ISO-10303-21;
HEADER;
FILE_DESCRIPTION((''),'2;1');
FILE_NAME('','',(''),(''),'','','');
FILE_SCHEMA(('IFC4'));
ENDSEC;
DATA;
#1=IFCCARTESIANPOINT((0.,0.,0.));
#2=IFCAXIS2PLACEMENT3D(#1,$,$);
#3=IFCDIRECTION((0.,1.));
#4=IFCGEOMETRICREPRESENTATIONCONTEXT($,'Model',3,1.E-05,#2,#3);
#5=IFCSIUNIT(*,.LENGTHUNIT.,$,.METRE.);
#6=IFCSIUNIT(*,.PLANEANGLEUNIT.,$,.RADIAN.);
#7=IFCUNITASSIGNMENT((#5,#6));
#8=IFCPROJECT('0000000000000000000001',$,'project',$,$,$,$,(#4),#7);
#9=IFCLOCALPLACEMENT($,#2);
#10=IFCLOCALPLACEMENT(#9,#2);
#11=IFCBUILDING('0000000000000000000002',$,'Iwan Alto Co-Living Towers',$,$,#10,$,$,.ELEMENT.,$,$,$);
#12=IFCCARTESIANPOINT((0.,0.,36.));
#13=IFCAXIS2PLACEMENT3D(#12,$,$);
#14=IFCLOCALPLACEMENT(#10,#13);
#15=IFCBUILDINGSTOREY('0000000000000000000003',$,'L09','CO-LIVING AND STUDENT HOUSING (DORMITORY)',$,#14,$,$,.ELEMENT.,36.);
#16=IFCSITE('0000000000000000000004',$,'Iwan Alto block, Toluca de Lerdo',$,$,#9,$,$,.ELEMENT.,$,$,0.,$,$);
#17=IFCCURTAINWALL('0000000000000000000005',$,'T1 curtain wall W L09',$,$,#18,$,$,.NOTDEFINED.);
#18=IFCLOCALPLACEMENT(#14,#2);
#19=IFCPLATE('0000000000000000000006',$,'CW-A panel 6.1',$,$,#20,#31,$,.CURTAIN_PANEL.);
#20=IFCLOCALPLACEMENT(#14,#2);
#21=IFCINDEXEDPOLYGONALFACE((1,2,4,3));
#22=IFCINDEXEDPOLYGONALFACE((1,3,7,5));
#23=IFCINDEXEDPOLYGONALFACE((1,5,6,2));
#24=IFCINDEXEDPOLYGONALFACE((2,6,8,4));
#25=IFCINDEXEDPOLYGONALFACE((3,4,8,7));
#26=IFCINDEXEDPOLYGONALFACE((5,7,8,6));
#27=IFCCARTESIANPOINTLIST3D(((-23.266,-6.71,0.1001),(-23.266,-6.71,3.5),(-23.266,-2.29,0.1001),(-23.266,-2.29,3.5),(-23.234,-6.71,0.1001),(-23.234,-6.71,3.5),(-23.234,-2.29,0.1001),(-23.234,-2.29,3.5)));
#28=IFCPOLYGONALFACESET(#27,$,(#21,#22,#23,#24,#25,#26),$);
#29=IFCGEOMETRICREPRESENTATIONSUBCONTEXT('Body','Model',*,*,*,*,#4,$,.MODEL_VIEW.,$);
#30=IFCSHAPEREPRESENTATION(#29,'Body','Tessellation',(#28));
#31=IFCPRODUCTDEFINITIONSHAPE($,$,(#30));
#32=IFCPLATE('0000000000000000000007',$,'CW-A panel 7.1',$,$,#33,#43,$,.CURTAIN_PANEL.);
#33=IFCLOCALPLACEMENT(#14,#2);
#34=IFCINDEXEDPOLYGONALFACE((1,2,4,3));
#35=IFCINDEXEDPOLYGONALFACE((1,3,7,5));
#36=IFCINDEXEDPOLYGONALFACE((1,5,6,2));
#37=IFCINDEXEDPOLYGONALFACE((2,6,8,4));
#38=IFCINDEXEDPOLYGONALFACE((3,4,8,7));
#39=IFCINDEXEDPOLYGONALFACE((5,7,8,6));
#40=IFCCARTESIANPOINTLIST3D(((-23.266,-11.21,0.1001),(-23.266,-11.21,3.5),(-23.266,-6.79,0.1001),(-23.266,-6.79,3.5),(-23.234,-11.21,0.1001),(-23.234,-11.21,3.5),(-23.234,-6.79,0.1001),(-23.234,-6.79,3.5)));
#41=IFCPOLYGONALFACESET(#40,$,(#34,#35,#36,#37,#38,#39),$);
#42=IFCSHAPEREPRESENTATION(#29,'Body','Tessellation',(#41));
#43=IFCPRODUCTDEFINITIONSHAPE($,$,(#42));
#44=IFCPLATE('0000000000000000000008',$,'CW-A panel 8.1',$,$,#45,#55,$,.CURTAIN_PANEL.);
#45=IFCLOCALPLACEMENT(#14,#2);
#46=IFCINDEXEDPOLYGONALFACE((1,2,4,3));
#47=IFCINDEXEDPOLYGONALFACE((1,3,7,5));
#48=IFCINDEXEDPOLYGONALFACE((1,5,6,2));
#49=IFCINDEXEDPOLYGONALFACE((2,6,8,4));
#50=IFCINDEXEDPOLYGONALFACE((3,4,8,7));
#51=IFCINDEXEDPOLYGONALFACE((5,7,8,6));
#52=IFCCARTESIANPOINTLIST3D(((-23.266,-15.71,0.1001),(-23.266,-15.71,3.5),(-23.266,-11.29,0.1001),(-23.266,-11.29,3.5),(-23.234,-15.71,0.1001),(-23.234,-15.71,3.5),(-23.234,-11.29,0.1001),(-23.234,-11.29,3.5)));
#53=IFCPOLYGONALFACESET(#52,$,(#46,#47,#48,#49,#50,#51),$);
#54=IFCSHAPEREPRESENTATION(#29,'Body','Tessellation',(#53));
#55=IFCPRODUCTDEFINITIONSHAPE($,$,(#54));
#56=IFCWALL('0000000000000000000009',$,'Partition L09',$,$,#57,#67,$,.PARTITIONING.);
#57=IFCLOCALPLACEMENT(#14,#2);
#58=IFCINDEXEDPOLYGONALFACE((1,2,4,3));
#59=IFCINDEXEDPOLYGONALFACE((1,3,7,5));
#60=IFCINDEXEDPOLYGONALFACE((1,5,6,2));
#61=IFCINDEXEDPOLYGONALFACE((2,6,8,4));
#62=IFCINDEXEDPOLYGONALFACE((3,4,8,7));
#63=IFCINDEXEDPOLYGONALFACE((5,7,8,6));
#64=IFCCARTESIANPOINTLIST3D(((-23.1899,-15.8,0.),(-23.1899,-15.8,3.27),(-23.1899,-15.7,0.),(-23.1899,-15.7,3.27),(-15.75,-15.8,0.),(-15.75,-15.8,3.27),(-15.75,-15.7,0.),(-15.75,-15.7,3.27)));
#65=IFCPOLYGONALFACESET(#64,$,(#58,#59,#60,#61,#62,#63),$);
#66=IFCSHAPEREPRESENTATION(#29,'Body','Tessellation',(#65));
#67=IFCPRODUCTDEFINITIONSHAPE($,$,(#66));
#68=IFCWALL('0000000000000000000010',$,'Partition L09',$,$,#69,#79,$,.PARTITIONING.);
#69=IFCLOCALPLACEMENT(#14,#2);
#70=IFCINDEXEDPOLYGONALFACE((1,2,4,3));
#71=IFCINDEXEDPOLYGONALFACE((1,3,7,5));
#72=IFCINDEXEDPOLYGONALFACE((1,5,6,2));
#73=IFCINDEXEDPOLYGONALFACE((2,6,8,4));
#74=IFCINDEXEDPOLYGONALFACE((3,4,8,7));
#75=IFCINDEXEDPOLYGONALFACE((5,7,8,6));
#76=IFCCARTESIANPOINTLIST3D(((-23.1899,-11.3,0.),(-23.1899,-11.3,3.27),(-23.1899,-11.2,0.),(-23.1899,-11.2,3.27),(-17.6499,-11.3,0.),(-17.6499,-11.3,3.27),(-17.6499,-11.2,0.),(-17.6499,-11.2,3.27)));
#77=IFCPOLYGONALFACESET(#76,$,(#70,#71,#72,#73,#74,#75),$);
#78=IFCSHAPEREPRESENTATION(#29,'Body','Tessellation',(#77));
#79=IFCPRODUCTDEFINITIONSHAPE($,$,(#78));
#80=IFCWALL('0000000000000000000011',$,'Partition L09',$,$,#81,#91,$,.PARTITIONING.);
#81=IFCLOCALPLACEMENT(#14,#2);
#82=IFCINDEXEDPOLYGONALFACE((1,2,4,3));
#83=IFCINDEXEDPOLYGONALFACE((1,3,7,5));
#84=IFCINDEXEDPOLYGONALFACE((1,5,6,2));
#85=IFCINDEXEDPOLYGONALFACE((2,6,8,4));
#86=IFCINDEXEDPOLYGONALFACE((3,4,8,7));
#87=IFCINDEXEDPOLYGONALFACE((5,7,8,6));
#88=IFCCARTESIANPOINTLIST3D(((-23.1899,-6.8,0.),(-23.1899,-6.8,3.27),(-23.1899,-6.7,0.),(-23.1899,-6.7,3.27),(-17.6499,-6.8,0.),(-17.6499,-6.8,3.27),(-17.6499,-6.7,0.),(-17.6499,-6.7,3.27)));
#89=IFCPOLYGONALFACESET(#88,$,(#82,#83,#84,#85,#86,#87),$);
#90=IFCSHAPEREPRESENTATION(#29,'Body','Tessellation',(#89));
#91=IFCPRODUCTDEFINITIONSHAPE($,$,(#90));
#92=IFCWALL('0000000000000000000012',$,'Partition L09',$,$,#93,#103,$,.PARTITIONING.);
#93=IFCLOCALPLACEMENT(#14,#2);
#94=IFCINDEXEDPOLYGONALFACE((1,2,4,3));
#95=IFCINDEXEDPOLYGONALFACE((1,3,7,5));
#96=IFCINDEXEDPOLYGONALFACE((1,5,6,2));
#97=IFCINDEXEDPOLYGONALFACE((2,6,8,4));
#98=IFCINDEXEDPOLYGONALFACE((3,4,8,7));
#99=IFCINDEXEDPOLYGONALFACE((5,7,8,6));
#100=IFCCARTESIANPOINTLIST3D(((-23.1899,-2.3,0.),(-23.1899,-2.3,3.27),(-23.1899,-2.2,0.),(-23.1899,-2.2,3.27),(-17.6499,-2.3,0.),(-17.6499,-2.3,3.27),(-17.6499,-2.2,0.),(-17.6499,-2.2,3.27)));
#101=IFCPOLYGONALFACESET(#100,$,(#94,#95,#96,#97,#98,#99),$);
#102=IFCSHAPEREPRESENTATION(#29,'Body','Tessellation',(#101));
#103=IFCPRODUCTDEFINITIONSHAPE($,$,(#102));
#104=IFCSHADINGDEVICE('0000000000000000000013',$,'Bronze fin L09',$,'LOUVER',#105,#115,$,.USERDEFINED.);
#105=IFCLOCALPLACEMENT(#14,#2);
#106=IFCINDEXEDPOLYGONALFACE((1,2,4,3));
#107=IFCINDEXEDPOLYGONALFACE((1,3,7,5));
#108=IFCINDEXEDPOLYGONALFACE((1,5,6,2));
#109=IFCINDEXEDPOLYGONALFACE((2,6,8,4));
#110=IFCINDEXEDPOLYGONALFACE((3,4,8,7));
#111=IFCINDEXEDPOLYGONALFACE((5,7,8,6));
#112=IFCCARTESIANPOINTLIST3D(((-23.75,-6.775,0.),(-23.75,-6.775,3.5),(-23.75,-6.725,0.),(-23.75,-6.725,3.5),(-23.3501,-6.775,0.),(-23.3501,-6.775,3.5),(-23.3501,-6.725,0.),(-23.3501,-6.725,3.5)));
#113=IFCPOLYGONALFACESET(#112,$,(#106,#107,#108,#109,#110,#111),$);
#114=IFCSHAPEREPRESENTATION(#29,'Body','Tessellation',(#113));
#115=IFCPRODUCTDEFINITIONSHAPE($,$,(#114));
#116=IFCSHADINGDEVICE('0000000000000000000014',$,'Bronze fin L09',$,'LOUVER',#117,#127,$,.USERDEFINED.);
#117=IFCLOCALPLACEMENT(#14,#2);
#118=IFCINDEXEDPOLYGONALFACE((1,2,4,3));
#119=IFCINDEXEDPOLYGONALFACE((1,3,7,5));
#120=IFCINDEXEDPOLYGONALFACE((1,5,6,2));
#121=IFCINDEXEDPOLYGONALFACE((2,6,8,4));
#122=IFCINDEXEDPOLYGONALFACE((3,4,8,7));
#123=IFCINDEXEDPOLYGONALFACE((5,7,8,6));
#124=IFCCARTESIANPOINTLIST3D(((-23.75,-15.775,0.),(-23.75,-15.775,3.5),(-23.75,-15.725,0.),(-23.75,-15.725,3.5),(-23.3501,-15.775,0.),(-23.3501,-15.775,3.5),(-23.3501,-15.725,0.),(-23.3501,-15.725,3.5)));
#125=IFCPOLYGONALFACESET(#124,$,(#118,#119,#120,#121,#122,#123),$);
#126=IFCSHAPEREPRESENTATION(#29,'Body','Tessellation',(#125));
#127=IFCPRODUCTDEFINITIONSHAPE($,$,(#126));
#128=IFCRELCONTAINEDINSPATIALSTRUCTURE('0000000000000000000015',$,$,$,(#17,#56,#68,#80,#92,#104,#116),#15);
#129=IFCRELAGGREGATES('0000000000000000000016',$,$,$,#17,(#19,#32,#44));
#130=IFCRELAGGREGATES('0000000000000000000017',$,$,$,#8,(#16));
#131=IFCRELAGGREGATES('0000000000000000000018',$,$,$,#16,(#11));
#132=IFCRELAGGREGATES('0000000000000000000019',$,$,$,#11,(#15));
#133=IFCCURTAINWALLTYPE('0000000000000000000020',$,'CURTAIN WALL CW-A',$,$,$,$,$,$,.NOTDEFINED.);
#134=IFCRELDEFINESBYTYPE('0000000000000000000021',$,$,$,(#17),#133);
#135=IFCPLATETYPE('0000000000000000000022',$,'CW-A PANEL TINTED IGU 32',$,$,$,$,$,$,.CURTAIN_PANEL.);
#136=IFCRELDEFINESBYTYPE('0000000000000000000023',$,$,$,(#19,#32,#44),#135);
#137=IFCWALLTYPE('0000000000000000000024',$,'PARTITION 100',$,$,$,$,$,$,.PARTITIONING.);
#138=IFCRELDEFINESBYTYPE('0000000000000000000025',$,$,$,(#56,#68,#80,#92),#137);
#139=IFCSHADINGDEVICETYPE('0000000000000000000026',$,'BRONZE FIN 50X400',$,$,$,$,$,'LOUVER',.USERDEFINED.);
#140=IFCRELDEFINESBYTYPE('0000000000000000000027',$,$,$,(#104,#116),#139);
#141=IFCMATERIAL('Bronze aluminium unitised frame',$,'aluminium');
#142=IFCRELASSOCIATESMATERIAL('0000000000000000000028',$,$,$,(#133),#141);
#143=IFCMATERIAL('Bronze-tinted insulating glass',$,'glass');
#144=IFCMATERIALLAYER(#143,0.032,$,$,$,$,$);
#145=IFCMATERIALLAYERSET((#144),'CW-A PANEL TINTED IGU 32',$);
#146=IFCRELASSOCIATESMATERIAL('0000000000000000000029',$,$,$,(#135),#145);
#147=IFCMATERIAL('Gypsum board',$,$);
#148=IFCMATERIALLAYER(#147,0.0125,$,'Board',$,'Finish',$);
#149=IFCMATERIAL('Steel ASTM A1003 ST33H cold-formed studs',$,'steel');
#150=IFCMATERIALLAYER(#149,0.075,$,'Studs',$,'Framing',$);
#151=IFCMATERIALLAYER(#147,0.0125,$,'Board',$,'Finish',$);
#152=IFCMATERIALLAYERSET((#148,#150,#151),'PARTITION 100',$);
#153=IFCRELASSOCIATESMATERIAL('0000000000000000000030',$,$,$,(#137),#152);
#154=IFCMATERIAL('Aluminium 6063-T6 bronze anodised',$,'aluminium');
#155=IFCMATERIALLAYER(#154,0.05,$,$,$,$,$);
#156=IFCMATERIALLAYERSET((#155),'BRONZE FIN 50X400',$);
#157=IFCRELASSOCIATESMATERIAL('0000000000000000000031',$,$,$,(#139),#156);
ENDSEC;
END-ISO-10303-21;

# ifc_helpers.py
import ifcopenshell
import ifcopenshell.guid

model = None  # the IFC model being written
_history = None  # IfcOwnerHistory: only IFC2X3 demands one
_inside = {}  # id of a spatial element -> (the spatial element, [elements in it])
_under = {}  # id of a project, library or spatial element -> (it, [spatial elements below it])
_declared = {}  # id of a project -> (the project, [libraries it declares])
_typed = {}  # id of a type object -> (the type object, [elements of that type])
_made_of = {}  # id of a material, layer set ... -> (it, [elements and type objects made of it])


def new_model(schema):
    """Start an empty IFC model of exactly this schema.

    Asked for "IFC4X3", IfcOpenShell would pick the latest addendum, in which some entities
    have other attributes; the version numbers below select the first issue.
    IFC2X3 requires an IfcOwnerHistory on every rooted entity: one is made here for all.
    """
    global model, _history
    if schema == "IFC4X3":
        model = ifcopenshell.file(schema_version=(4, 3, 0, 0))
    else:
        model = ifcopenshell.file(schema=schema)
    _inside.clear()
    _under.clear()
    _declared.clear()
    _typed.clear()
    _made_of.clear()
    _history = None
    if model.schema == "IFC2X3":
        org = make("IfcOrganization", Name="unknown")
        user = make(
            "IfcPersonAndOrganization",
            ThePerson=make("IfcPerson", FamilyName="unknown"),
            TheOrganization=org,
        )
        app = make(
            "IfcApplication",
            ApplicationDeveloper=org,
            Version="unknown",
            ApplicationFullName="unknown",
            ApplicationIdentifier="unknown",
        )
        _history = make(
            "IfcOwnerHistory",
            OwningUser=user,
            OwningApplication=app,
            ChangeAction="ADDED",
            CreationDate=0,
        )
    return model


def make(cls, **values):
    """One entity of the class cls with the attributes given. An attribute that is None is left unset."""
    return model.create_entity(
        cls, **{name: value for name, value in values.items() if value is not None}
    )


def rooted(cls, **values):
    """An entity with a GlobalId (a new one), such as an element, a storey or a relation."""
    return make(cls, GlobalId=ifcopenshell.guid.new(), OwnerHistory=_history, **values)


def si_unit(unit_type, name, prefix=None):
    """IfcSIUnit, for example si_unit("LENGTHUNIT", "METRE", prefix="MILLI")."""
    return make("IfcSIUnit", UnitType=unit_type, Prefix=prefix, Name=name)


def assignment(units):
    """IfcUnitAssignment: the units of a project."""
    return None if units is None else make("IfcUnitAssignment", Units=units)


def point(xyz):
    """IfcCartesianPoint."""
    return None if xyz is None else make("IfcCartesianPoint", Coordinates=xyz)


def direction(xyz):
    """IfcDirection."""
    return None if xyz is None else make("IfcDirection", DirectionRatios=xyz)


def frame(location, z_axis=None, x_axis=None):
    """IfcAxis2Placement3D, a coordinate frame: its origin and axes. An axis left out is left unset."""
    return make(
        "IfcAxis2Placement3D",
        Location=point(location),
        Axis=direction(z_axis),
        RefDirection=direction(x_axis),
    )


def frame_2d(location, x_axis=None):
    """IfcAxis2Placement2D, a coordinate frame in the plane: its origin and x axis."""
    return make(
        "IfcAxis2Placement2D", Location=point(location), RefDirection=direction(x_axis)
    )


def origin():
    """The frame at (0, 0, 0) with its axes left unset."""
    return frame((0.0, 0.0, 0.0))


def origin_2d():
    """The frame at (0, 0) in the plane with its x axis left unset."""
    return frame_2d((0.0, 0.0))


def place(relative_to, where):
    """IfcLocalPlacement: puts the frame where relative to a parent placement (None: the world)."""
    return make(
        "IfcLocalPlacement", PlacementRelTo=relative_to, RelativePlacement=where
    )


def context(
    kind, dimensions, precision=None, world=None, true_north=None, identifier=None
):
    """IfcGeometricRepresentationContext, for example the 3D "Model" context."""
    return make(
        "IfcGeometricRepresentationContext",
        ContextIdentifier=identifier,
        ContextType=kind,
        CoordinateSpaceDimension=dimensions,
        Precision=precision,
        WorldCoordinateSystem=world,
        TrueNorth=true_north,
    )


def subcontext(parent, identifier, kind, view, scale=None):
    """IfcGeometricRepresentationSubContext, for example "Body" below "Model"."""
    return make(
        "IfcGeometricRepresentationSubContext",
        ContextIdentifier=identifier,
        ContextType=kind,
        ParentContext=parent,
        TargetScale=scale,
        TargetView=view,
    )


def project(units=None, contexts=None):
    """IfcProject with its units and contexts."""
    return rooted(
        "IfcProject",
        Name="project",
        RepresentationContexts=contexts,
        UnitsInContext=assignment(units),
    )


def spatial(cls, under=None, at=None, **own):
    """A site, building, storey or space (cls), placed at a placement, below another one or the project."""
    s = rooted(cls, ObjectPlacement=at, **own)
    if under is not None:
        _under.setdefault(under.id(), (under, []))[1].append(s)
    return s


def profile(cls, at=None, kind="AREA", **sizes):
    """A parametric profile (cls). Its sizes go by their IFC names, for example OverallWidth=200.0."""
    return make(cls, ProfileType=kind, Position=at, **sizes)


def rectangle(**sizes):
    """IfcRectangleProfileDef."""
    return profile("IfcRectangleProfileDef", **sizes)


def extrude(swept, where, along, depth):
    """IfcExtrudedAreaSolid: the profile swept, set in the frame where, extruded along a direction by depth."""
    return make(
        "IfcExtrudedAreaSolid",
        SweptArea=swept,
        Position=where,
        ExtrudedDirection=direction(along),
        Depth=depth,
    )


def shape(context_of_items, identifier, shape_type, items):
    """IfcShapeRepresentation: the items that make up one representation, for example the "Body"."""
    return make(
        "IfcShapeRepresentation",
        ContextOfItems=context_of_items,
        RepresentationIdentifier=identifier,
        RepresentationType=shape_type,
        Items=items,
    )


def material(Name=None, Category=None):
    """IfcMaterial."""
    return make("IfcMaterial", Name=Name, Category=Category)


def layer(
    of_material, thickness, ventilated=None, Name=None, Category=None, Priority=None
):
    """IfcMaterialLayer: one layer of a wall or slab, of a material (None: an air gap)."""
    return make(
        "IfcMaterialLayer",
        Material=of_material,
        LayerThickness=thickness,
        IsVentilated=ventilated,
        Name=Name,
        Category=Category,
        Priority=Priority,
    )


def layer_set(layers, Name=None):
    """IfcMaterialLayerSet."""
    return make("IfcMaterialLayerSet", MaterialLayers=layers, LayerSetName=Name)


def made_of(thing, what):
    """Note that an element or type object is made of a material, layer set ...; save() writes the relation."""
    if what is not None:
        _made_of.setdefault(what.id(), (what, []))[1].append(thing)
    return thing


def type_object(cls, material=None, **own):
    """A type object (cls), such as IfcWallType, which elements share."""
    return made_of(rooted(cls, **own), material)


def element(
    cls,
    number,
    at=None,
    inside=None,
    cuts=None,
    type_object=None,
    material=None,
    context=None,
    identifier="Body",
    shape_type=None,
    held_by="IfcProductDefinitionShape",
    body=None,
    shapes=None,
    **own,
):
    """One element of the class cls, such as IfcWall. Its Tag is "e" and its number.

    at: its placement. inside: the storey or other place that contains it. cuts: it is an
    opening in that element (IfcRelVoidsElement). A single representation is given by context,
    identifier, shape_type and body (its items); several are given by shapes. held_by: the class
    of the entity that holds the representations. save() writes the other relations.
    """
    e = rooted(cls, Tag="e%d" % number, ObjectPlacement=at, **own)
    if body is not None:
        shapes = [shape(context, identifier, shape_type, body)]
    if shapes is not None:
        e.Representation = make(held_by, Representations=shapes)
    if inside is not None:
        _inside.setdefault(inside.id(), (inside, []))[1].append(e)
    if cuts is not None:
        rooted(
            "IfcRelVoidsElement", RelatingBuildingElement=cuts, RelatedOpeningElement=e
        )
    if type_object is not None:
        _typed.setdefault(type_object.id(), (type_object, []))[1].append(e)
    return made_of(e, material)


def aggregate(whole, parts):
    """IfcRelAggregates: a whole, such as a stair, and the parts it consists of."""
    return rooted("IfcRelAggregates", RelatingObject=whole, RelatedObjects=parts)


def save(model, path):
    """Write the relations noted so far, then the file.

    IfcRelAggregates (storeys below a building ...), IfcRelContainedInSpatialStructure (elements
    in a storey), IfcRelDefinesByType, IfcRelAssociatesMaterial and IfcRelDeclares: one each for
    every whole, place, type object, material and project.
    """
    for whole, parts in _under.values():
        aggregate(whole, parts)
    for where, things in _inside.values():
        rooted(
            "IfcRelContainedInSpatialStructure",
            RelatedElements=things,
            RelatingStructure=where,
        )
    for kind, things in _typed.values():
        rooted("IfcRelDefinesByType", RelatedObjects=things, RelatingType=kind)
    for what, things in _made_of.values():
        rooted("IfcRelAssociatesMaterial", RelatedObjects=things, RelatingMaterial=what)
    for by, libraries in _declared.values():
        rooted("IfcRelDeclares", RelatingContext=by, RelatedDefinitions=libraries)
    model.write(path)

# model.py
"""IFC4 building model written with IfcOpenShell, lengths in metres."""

from ifc_helpers import new_model, si_unit, direction, frame, frame_2d, origin, origin_2d, place, context, subcontext, project, spatial, rectangle, extrude, material, layer, layer_set, type_object, element, aggregate, save


model = new_model("IFC4")

# Units and contexts
model_context = context("Model", 3, precision=1e-05, world=origin(), true_north=direction((0.0, 1.0)))
body_context = subcontext(model_context, "Body", "Model", "MODEL_VIEW")
ifc_project = project(units=[si_unit("LENGTHUNIT", "METRE"), si_unit("PLANEANGLEUNIT", "RADIAN")], contexts=[model_context])

# Site, building, storey
site_placement = place(None, origin())
site = spatial("IfcSite", under=ifc_project, at=site_placement, Name="Iwan Alto block, Toluca de Lerdo", CompositionType="ELEMENT", RefElevation=0.0)
building_placement = place(site_placement, origin())
building = spatial("IfcBuilding", under=site, at=building_placement, Name="Iwan Alto Co-Living Towers", CompositionType="ELEMENT")
storey_placement = place(building_placement, frame((0.0, 0.0, 36.0)))
storey = spatial("IfcBuildingStorey", under=building, at=storey_placement, Name="L09", Description="CO-LIVING AND STUDENT HOUSING (DORMITORY)", CompositionType="ELEMENT", Elevation=36.0)

# Curtain wall
ifc_material_1 = material(Name="Bronze aluminium unitised frame", Category="aluminium")
curtain_wall_type = type_object("IfcCurtainWallType", Name="CURTAIN WALL CW-A", PredefinedType="NOTDEFINED", material=ifc_material_1)
curtain_wall_placement = place(storey_placement, origin())
curtain_wall = element("IfcCurtainWall", 1, at=curtain_wall_placement, inside=storey, type_object=curtain_wall_type, Name="T1 curtain wall W L09", PredefinedType="NOTDEFINED")

# Plates
ifc_material_2 = material(Name="Bronze-tinted insulating glass", Category="glass")
ifc_layer_1 = layer(ifc_material_2, 0.032)
ifc_layer_set_1 = layer_set([ifc_layer_1], Name="CW-A PANEL TINTED IGU 32")
plate_type = type_object("IfcPlateType", Name="CW-A PANEL TINTED IGU 32", PredefinedType="CURTAIN_PANEL", material=ifc_layer_set_1)
plate_1_placement = place(storey_placement, frame((-23.25, -4.5, 0.1001), z_axis=(0.0, 0.0, 1.0), x_axis=(0.0, -1.0, 0.0)))
plate_1 = element("IfcPlate", 2, at=plate_1_placement, type_object=plate_type, Name="CW-A panel 6.1", PredefinedType="CURTAIN_PANEL", context=body_context, shape_type="SweptSolid", body=[
    extrude(rectangle(XDim=4.4199, YDim=0.032, at=origin_2d()), origin(), (0.0, 0.0, 1.0), 3.3999),
])
plate_2_placement = place(storey_placement, frame((-23.25, -9.0, 0.1001), z_axis=(0.0, 0.0, 1.0), x_axis=(0.0, -1.0, 0.0)))
plate_2 = element("IfcPlate", 3, at=plate_2_placement, type_object=plate_type, Name="CW-A panel 7.1", PredefinedType="CURTAIN_PANEL", context=body_context, shape_type="SweptSolid", body=[
    extrude(rectangle(XDim=4.4199, YDim=0.032, at=origin_2d()), origin(), (0.0, 0.0, 1.0), 3.3999),
])
plate_3_placement = place(storey_placement, frame((-23.25, -13.5, 0.1001), z_axis=(0.0, 0.0, 1.0), x_axis=(0.0, -1.0, 0.0)))
plate_3 = element("IfcPlate", 4, at=plate_3_placement, type_object=plate_type, Name="CW-A panel 8.1", PredefinedType="CURTAIN_PANEL", context=body_context, shape_type="SweptSolid", body=[
    extrude(rectangle(XDim=4.4199, YDim=0.032, at=origin_2d()), origin(), (0.0, 0.0, 1.0), 3.3999),
])
aggregate(curtain_wall, [plate_1, plate_2, plate_3])

# Walls
ifc_material_3 = material(Name="Gypsum board")
ifc_layer_2 = layer(ifc_material_3, 0.0125, Name="Board", Category="Finish")
ifc_material_4 = material(Name="Steel ASTM A1003 ST33H cold-formed studs", Category="steel")
ifc_layer_3 = layer(ifc_material_4, 0.075, Name="Studs", Category="Framing")
ifc_layer_4 = layer(ifc_material_3, 0.0125, Name="Board", Category="Finish")
ifc_layer_set_2 = layer_set([ifc_layer_2, ifc_layer_3, ifc_layer_4], Name="PARTITION 100")
wall_type = type_object("IfcWallType", Name="PARTITION 100", PredefinedType="PARTITIONING", material=ifc_layer_set_2)
wall_placement = place(storey_placement, frame((-23.1899, -15.75, 0.0), z_axis=(0.0, 0.0, 1.0), x_axis=(1.0, 0.0, 0.0)))
element("IfcWall", 5, at=wall_placement, inside=storey, type_object=wall_type, Name="Partition L09", PredefinedType="PARTITIONING", context=body_context, shape_type="SweptSolid", body=[
    extrude(rectangle(XDim=7.4399, YDim=0.1001, at=frame_2d((3.72, 0.0))), origin(), (0.0, 0.0, 1.0), 3.27),
])
for number, where, z_axis, x_axis, name in (
    (6, (-23.1899, -11.25, 0.0), (0.0, 0.0, 1.0), (1.0, 0.0, 0.0), "Partition L09"),
    (7, (-23.1899, -6.75, 0.0), (0.0, 0.0, 1.0), (1.0, 0.0, 0.0), "Partition L09"),
    (8, (-23.1899, -2.25, 0.0), (0.0, 0.0, 1.0), (1.0, 0.0, 0.0), "Partition L09"),
):
    element("IfcWall", number, at=place(storey_placement, frame(where, z_axis=z_axis, x_axis=x_axis)), inside=storey, type_object=wall_type, Name=name, PredefinedType="PARTITIONING", context=body_context, shape_type="SweptSolid", body=[
        extrude(rectangle(XDim=5.54, YDim=0.1001, at=frame_2d((2.77, 0.0))), origin(), (0.0, 0.0, 1.0), 3.27),
    ])

# Shading devices
ifc_material_5 = material(Name="Aluminium 6063-T6 bronze anodised", Category="aluminium")
ifc_layer_5 = layer(ifc_material_5, 0.05)
ifc_layer_set_3 = layer_set([ifc_layer_5], Name="BRONZE FIN 50X400")
shading_device_type = type_object("IfcShadingDeviceType", Name="BRONZE FIN 50X400", ElementType="LOUVER", PredefinedType="USERDEFINED", material=ifc_layer_set_3)
for number, where, z_axis, x_axis, name in (
    (9, (-23.55, -6.75, 0.0), (0.0, 0.0, 1.0), (0.0, -1.0, 0.0), "Bronze fin L09"),
    (10, (-23.55, -15.75, 0.0), (0.0, 0.0, 1.0), (0.0, -1.0, 0.0), "Bronze fin L09"),
):
    element("IfcShadingDevice", number, at=place(storey_placement, frame(where, z_axis=z_axis, x_axis=x_axis)), inside=storey, type_object=shading_device_type, Name=name, ObjectType="LOUVER", PredefinedType="USERDEFINED", context=body_context, shape_type="SweptSolid", body=[
        extrude(rectangle(XDim=0.05, YDim=0.3999, at=origin_2d()), origin(), (0.0, 0.0, 1.0), 3.5),
    ])

save(model, "model.ifc")
